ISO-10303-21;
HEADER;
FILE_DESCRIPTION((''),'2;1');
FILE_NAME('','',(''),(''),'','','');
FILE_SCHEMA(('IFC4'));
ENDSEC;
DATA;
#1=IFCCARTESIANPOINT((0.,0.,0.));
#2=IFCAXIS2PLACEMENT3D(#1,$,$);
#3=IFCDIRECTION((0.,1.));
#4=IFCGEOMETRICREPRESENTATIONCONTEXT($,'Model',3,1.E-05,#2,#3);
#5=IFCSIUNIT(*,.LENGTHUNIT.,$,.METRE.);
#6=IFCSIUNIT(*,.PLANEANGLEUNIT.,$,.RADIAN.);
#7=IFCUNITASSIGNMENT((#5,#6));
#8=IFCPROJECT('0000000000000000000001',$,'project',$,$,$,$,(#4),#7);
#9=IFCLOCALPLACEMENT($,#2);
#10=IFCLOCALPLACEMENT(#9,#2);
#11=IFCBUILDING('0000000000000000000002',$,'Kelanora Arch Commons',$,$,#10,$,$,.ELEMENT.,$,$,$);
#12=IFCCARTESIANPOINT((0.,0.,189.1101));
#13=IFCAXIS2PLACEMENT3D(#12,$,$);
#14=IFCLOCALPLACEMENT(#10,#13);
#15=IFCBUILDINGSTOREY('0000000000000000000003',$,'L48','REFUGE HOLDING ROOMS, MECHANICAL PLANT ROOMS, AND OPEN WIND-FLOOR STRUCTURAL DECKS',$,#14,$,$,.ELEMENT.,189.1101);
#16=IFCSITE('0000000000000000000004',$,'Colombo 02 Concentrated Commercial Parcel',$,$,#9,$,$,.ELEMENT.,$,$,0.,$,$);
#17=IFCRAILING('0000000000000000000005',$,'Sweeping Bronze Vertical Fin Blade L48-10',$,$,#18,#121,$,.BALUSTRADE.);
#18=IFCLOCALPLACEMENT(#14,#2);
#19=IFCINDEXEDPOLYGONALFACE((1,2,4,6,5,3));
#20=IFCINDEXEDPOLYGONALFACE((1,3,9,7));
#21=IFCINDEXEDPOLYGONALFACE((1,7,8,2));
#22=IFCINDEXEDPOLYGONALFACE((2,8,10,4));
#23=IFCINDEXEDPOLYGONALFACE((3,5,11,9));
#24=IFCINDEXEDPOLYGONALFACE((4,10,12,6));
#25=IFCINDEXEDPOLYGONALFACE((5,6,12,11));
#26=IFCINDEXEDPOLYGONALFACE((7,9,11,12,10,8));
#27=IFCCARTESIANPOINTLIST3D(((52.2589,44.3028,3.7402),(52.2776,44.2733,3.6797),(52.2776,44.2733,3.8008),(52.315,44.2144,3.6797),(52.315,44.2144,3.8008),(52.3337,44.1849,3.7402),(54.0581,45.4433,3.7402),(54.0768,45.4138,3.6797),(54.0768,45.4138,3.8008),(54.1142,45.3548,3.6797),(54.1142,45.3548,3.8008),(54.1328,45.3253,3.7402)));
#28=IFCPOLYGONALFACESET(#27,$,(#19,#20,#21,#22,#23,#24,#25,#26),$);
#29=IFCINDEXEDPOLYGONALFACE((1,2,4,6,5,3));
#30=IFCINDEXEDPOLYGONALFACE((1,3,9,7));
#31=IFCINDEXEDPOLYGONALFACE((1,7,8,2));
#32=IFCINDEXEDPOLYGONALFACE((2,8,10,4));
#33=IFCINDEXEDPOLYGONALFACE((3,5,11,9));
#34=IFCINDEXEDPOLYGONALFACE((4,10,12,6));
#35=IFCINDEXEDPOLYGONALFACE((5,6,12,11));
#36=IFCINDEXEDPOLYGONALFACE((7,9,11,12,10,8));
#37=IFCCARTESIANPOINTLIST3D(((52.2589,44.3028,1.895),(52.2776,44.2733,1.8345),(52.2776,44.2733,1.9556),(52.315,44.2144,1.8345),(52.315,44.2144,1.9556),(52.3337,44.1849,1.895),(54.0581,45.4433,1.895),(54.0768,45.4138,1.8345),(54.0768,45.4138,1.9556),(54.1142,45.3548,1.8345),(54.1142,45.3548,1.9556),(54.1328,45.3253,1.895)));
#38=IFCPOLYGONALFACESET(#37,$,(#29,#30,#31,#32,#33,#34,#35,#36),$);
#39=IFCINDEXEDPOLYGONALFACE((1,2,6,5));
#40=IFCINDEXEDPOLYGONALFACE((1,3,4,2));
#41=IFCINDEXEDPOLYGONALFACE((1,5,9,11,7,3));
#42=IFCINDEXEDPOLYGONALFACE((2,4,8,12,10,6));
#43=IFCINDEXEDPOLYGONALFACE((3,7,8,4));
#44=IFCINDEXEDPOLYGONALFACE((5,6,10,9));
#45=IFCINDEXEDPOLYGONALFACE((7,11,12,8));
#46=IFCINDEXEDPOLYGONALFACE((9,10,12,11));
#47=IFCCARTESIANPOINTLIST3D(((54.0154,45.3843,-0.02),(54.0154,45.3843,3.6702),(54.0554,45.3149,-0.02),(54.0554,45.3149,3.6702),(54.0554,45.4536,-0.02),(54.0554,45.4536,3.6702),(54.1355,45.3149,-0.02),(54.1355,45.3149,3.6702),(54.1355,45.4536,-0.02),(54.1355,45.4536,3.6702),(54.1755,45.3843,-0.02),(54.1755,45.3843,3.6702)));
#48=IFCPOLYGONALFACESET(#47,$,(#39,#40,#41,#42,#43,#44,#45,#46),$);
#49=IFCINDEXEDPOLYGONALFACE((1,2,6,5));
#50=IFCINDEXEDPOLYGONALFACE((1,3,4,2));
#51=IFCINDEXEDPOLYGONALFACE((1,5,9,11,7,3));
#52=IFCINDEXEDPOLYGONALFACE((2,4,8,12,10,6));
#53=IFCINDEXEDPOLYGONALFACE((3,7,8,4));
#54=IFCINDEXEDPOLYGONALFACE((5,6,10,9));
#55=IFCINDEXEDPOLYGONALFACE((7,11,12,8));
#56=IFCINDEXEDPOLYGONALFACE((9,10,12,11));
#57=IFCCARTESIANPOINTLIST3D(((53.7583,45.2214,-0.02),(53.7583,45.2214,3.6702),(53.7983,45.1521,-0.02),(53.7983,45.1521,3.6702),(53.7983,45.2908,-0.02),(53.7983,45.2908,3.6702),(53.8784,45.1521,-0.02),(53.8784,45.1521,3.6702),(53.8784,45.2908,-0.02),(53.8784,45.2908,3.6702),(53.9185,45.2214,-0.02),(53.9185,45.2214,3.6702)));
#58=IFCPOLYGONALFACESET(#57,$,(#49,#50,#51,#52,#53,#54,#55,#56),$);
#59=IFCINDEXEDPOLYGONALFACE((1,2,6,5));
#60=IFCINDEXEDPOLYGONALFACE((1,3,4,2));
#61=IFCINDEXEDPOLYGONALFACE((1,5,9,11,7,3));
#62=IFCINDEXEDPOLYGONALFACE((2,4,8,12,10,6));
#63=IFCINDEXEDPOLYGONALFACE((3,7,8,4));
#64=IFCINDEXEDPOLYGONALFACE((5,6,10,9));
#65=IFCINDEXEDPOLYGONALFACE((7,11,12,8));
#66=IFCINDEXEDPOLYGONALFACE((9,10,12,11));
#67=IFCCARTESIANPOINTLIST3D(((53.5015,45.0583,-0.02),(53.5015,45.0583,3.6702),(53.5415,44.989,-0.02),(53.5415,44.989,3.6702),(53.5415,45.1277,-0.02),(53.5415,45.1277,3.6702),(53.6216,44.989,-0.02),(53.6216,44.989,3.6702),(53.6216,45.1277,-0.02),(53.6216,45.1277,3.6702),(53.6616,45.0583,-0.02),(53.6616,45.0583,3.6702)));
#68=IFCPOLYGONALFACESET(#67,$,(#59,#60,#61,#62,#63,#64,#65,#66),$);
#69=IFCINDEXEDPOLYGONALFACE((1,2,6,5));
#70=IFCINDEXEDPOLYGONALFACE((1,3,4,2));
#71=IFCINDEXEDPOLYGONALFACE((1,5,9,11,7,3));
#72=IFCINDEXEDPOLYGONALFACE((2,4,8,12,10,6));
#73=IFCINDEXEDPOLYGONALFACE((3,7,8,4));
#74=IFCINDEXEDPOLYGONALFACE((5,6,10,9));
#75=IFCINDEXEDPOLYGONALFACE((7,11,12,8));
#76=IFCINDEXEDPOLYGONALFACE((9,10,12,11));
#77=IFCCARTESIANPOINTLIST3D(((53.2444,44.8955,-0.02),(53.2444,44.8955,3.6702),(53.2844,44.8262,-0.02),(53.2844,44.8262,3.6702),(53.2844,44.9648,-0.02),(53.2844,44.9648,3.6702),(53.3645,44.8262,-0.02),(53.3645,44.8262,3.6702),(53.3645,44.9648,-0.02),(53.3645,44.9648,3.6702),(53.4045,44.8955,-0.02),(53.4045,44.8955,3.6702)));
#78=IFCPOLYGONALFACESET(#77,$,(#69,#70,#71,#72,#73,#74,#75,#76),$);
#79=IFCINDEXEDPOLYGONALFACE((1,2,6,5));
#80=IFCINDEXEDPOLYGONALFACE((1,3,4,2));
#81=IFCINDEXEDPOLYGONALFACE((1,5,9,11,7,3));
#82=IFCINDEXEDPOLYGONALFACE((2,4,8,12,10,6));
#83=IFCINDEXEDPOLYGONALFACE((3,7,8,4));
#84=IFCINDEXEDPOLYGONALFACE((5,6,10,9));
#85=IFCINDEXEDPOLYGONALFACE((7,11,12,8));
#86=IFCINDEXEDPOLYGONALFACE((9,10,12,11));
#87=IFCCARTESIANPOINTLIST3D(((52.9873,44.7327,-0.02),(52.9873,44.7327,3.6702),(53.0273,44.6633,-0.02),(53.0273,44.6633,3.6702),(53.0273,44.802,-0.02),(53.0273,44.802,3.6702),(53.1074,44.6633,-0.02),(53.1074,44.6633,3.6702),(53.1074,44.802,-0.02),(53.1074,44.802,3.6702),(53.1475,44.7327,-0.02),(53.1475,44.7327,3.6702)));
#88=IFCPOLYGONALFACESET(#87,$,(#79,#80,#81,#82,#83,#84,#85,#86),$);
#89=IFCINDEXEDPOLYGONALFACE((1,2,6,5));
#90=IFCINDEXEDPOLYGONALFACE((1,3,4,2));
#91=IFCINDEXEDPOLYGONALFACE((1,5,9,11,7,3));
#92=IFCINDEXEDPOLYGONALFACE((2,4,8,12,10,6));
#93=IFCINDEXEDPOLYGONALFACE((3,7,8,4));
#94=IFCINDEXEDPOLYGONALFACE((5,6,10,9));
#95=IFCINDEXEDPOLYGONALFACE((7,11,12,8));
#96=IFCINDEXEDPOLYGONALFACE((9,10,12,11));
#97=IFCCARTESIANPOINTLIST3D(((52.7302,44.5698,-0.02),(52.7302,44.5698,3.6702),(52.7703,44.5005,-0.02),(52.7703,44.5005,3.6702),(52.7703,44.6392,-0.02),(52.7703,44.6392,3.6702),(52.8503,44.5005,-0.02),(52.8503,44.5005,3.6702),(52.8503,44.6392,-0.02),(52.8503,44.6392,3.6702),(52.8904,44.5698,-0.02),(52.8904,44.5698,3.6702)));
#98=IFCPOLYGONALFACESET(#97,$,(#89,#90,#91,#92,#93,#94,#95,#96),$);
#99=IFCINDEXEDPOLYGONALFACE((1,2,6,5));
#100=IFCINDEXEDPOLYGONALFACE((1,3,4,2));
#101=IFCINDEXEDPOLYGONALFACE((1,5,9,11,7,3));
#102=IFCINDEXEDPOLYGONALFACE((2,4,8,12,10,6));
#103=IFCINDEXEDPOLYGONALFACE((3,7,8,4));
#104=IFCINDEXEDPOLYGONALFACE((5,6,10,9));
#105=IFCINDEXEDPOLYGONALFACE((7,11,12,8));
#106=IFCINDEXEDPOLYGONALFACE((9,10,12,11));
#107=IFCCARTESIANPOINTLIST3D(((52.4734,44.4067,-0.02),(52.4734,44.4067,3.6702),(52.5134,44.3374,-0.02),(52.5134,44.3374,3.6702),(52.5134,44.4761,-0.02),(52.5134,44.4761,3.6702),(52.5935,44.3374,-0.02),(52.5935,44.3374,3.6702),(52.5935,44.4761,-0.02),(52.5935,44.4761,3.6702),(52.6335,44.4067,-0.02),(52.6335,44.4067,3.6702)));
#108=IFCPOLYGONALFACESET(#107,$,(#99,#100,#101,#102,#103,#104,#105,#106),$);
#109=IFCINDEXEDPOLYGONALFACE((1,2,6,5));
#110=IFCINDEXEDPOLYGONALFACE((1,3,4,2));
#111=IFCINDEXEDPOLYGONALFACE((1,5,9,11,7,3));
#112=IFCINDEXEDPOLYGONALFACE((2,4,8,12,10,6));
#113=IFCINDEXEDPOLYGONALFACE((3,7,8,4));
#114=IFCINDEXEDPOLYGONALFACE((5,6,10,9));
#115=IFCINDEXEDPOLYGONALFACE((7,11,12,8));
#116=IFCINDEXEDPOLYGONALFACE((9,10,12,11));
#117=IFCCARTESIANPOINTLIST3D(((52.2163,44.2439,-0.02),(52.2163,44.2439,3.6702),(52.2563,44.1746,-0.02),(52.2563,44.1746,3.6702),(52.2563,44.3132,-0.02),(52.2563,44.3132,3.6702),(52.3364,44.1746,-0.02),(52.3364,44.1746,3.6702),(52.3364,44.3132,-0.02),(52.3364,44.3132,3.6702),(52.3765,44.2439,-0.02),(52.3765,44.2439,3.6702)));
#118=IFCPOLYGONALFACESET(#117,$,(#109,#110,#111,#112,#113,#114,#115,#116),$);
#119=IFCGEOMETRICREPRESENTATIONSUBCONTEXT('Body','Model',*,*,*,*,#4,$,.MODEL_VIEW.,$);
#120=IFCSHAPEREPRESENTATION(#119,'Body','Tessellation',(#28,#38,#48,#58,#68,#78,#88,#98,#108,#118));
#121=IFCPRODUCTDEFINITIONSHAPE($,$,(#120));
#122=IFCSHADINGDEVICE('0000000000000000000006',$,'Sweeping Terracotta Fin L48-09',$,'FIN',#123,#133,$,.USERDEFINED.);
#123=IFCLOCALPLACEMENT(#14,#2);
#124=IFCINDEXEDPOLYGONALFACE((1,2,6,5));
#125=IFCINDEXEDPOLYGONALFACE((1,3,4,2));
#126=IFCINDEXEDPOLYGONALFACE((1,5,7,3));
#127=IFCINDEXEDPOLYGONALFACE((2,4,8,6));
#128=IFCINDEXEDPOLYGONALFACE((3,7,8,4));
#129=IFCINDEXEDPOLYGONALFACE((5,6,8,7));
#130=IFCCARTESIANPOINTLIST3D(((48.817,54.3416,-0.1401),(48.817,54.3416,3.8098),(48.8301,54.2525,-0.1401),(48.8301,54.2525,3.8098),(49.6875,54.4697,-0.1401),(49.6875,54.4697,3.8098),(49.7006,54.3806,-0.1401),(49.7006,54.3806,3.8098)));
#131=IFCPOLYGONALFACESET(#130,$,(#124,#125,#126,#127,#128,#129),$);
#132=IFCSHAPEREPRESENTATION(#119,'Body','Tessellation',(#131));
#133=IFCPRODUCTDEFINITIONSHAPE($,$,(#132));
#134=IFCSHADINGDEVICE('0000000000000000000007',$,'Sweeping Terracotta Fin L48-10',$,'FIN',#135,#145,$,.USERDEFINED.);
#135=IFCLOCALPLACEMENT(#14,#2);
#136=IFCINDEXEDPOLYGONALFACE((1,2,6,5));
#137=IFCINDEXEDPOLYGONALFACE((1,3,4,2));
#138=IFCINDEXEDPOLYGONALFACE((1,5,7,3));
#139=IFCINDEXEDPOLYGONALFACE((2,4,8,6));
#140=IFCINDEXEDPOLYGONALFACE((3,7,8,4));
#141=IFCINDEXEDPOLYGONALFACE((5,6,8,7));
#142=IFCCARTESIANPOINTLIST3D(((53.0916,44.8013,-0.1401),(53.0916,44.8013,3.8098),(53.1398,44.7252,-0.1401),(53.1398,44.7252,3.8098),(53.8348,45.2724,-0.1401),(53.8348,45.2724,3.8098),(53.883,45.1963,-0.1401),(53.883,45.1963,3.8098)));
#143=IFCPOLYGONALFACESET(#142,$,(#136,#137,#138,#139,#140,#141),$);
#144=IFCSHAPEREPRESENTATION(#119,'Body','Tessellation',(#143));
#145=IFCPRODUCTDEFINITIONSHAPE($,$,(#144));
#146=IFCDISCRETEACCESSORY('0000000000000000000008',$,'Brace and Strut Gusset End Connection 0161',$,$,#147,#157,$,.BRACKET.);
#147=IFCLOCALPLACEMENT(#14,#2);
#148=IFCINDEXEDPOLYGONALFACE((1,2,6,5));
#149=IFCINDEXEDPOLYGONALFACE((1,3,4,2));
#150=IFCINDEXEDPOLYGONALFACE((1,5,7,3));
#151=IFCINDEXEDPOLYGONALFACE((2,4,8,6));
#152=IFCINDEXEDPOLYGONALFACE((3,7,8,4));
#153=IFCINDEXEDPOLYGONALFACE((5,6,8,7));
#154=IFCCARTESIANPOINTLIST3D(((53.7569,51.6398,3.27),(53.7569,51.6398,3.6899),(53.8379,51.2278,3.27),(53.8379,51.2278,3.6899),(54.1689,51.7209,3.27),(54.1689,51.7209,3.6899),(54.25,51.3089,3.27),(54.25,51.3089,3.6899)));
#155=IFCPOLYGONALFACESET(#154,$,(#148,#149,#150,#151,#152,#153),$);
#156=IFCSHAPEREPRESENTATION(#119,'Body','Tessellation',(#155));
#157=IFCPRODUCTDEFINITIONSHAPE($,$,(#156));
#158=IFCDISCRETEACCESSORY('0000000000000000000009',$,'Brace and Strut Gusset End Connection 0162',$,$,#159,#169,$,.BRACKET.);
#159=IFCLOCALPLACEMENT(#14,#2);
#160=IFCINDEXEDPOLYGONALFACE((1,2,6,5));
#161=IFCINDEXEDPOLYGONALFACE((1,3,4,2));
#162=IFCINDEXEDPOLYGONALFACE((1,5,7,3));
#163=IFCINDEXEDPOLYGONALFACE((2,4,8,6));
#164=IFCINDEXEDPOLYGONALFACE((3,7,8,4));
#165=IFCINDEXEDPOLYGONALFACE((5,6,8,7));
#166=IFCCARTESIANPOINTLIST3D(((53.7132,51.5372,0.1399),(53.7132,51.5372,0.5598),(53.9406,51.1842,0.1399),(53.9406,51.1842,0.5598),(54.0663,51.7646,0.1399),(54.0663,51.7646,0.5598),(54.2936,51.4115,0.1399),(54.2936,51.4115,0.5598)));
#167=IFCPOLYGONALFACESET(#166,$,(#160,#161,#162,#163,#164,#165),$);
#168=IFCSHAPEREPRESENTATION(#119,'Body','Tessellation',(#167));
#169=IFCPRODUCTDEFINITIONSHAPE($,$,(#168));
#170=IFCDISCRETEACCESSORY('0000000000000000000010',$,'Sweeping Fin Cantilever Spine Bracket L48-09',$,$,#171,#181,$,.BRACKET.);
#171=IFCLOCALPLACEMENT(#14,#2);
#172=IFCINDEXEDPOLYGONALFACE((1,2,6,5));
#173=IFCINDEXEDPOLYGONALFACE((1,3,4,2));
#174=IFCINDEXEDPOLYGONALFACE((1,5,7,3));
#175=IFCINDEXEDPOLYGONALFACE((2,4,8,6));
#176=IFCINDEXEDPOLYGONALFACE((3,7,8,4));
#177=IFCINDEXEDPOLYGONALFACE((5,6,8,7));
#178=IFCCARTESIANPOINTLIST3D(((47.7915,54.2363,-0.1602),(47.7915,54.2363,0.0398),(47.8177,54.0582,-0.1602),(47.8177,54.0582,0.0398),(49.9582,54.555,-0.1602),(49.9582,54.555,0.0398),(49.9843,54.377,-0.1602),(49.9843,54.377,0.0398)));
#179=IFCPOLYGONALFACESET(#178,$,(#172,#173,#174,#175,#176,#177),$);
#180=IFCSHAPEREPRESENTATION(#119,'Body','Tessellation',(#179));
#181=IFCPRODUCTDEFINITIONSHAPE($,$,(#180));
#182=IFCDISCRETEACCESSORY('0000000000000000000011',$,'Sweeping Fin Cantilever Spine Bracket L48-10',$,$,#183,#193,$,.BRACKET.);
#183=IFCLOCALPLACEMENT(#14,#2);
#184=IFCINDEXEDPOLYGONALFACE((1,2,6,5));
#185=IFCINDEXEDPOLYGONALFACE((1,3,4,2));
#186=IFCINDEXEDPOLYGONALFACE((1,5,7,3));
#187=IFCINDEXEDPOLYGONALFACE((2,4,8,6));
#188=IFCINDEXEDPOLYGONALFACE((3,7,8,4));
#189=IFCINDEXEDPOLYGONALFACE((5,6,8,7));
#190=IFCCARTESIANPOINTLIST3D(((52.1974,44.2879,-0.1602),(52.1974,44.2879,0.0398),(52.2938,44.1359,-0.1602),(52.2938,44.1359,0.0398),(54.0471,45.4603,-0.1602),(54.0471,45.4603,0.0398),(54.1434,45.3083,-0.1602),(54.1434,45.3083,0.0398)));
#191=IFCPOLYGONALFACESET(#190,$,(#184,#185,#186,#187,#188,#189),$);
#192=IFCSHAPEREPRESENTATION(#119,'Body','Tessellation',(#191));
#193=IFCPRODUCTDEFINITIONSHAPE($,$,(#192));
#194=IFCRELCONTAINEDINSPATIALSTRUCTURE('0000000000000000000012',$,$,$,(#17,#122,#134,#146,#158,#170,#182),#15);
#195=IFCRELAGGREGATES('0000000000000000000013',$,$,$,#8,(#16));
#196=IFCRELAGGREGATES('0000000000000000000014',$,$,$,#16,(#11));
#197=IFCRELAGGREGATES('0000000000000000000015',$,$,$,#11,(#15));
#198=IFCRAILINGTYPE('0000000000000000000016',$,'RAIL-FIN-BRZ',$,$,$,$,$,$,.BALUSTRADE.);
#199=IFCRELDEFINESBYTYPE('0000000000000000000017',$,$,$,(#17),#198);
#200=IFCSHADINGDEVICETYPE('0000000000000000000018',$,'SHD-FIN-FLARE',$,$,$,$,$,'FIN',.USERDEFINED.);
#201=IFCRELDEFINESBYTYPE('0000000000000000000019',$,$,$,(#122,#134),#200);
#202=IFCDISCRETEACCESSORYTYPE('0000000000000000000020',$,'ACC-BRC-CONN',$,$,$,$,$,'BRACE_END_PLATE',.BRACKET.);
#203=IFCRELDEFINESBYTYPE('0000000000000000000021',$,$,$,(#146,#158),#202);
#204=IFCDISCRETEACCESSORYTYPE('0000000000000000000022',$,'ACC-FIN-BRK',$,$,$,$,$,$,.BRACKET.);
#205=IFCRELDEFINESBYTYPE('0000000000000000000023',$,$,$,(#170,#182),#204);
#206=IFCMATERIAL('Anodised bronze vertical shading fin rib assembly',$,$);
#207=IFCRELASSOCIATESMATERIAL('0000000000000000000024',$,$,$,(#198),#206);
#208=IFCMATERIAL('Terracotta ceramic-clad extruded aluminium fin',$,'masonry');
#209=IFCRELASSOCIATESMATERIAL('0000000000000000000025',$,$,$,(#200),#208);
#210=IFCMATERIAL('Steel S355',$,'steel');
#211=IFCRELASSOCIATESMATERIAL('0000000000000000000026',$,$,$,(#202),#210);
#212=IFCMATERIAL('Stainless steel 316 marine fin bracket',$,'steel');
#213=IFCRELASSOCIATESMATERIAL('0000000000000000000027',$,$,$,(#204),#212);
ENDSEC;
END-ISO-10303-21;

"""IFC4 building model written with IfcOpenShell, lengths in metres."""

from ifc_helpers import new_model, si_unit, direction, frame, origin, origin_2d, place, context, subcontext, project, spatial, polyline, rectangle, outline, extrude, source, transform, mapped, material, type_object, element, save


model = new_model("IFC4")

# Units and contexts
model_context = context("Model", 3, precision=1e-05, world=origin(), true_north=direction((0.0, 1.0)))
body_context = subcontext(model_context, "Body", "Model", "MODEL_VIEW")
ifc_project = project(units=[si_unit("LENGTHUNIT", "METRE"), si_unit("PLANEANGLEUNIT", "RADIAN")], contexts=[model_context])

# Site, building, storey
site_placement = place(None, origin())
site = spatial("IfcSite", under=ifc_project, at=site_placement, Name="Colombo 02 Concentrated Commercial Parcel", CompositionType="ELEMENT", RefElevation=0.0)
building_placement = place(site_placement, origin())
building = spatial("IfcBuilding", under=site, at=building_placement, Name="Kelanora Arch Commons", CompositionType="ELEMENT")
storey_placement = place(building_placement, frame((0.0, 0.0, 189.1101)))
storey = spatial("IfcBuildingStorey", under=building, at=storey_placement, Name="L48", Description="REFUGE HOLDING ROOMS, MECHANICAL PLANT ROOMS, AND OPEN WIND-FLOOR STRUCTURAL DECKS", CompositionType="ELEMENT", Elevation=189.1101)

# Shared definitions
ifc_material_1 = material(Name="Steel S355", Category="steel")

# Railing
ifc_material_2 = material(Name="Anodised bronze vertical shading fin rib assembly")
railing_type = type_object("IfcRailingType", Name="RAIL-FIN-BRZ", PredefinedType="BALUSTRADE", material=ifc_material_2)
railing_1_placement = place(storey_placement, frame((54.0955, 45.3843, -0.02)))
element("IfcRailing", 1, at=railing_1_placement, inside=storey, type_object=railing_type, Name="Sweeping Bronze Vertical Fin Blade L48-10", PredefinedType="BALUSTRADE", context=body_context, shape_type="SweptSolid", body=[
    extrude(outline(polyline([(0.0698, 0.0), (0.0349, 0.0605), (-0.0349, 0.0605), (-0.0698, 0.0), (-0.0349, -0.0605), (0.0349, -0.0605), (0.0698, 0.0)])), frame((0.0, 0.0, 3.7603), z_axis=(-0.844614, -0.535377, 0.0), x_axis=(0.535377, -0.844614, 0.0)), (0.0, 0.0, 1.0), 2.1301),
    extrude(outline(polyline([(0.0698, 0.0), (0.0349, 0.0605), (-0.0349, 0.0605), (-0.0698, 0.0), (-0.0349, -0.0605), (0.0349, -0.0605), (0.0698, 0.0)])), frame((0.0, 0.0, 1.915), z_axis=(-0.844614, -0.535377, 0.0), x_axis=(0.535377, -0.844614, 0.0)), (0.0, 0.0, 1.0), 2.1301),
    extrude(outline(polyline([(0.0801, 0.0), (0.04, 0.0693), (-0.04, 0.0693), (-0.0801, 0.0), (-0.04, -0.0693), (0.04, -0.0693), (0.0801, 0.0)])), origin(), (0.0, 0.0, 1.0), 3.6902),
    extrude(outline(polyline([(0.0801, 0.0), (0.04, 0.0693), (-0.04, 0.0693), (-0.0801, 0.0), (-0.04, -0.0693), (0.04, -0.0693), (0.0801, 0.0)])), frame((-0.2571, -0.1628, 0.0)), (0.0, 0.0, 1.0), 3.6902),
    extrude(outline(polyline([(0.0801, 0.0), (0.04, 0.0693), (-0.04, 0.0693), (-0.0801, 0.0), (-0.04, -0.0693), (0.04, -0.0693), (0.0801, 0.0)])), frame((-0.5139, -0.3259, 0.0)), (0.0, 0.0, 1.0), 3.6902),
    extrude(outline(polyline([(0.0801, 0.0), (0.04, 0.0693), (-0.04, 0.0693), (-0.0801, 0.0), (-0.04, -0.0693), (0.04, -0.0693), (0.0801, 0.0)])), frame((-0.771, -0.4888, 0.0)), (0.0, 0.0, 1.0), 3.6902),
    extrude(outline(polyline([(0.0801, 0.0), (0.04, 0.0693), (-0.04, 0.0693), (-0.0801, 0.0), (-0.04, -0.0693), (0.04, -0.0693), (0.0801, 0.0)])), frame((-1.0281, -0.6516, 0.0)), (0.0, 0.0, 1.0), 3.6902),
    extrude(outline(polyline([(0.0801, 0.0), (0.04, 0.0693), (-0.04, 0.0693), (-0.0801, 0.0), (-0.04, -0.0693), (0.04, -0.0693), (0.0801, 0.0)])), frame((-1.2852, -0.8145, 0.0)), (0.0, 0.0, 1.0), 3.6902),
    extrude(outline(polyline([(0.0801, 0.0), (0.04, 0.0693), (-0.04, 0.0693), (-0.0801, 0.0), (-0.04, -0.0693), (0.04, -0.0693), (0.0801, 0.0)])), frame((-1.542, -0.9775, 0.0)), (0.0, 0.0, 1.0), 3.6902),
    extrude(outline(polyline([(0.0801, 0.0), (0.04, 0.0693), (-0.04, 0.0693), (-0.0801, 0.0), (-0.04, -0.0693), (0.04, -0.0693), (0.0801, 0.0)])), frame((-1.7991, -1.1404, 0.0)), (0.0, 0.0, 1.0), 3.6902),
])

# Shading devices
ifc_material_3 = material(Name="Terracotta ceramic-clad extruded aluminium fin", Category="masonry")
shading_device_type = type_object("IfcShadingDeviceType", Name="SHD-FIN-FLARE", ElementType="FIN", PredefinedType="USERDEFINED", material=ifc_material_3)
shared_shape_1 = source(origin(), body_context, "Body", "SweptSolid", [
    extrude(rectangle(XDim=0.8799, YDim=0.0901, at=origin_2d()), origin(), (0.0, 0.0, 1.0), 3.95),
])
for number, where, z_axis, x_axis, name in (
    (2, (49.2588, 54.3611, -0.1401), (0.0, 0.0, 1.0), (-0.989349, -0.145565, 0.0), "Sweeping Terracotta Fin L48-09"),
    (3, (53.4873, 44.9988, -0.1401), (0.0, 0.0, 1.0), (-0.844608, -0.535385, 0.0), "Sweeping Terracotta Fin L48-10"),
):
    element("IfcShadingDevice", number, at=place(storey_placement, frame(where, z_axis=z_axis, x_axis=x_axis)), inside=storey, type_object=shading_device_type, Name=name, ObjectType="FIN", PredefinedType="USERDEFINED", context=body_context, shape_type="MappedRepresentation", body=[
        mapped(shared_shape_1, transform((0.0, 0.0, 0.0), scale=1.0)),
    ])

# Discrete accessories
discrete_accessory_type_1 = type_object("IfcDiscreteAccessoryType", Name="ACC-BRC-CONN", ElementType="BRACE_END_PLATE", PredefinedType="BRACKET", material=ifc_material_1)
shared_shape_2 = source(origin(), body_context, "Body", "SweptSolid", [
    extrude(rectangle(XDim=0.4199, YDim=0.4199, at=origin_2d()), origin(), (0.0, 0.0, 1.0), 0.4199),
])
for number, where, z_axis, x_axis, name in (
    (4, (54.0034, 51.4744, 3.27), (0.0, 0.0, 1.0), (0.193036, -0.981192, 0.0), "Brace and Strut Gusset End Connection 0161"),
    (5, (54.0034, 51.4744, 0.1399), (0.0, 0.0, 1.0), (0.541415, -0.840756, 0.0), "Brace and Strut Gusset End Connection 0162"),
):
    element("IfcDiscreteAccessory", number, at=place(storey_placement, frame(where, z_axis=z_axis, x_axis=x_axis)), inside=storey, type_object=discrete_accessory_type_1, Name=name, PredefinedType="BRACKET", context=body_context, shape_type="MappedRepresentation", body=[
        mapped(shared_shape_2, transform((0.0, 0.0, 0.0), scale=1.0)),
    ])
ifc_material_4 = material(Name="Stainless steel 316 marine fin bracket", Category="steel")
discrete_accessory_type_2 = type_object("IfcDiscreteAccessoryType", Name="ACC-FIN-BRK", PredefinedType="BRACKET", material=ifc_material_4)
shared_shape_3 = source(origin(), body_context, "Body", "SweptSolid", [
    extrude(rectangle(XDim=2.1899, YDim=0.1799, at=origin_2d()), origin(), (0.0, 0.0, 1.0), 0.2),
])
for number, where, z_axis, x_axis, name in (
    (6, (48.8879, 54.3066, -0.1602), (0.0, 0.0, 1.0), (-0.989349, -0.145565, 0.0), "Sweeping Fin Cantilever Spine Bracket L48-09"),
    (7, (53.1704, 44.7981, -0.1602), (0.0, 0.0, 1.0), (-0.844608, -0.535385, 0.0), "Sweeping Fin Cantilever Spine Bracket L48-10"),
):
    element("IfcDiscreteAccessory", number, at=place(storey_placement, frame(where, z_axis=z_axis, x_axis=x_axis)), inside=storey, type_object=discrete_accessory_type_2, Name=name, PredefinedType="BRACKET", context=body_context, shape_type="MappedRepresentation", body=[
        mapped(shared_shape_3, transform((0.0, 0.0, 0.0), scale=1.0)),
    ])

save(model, "model.ifc")
